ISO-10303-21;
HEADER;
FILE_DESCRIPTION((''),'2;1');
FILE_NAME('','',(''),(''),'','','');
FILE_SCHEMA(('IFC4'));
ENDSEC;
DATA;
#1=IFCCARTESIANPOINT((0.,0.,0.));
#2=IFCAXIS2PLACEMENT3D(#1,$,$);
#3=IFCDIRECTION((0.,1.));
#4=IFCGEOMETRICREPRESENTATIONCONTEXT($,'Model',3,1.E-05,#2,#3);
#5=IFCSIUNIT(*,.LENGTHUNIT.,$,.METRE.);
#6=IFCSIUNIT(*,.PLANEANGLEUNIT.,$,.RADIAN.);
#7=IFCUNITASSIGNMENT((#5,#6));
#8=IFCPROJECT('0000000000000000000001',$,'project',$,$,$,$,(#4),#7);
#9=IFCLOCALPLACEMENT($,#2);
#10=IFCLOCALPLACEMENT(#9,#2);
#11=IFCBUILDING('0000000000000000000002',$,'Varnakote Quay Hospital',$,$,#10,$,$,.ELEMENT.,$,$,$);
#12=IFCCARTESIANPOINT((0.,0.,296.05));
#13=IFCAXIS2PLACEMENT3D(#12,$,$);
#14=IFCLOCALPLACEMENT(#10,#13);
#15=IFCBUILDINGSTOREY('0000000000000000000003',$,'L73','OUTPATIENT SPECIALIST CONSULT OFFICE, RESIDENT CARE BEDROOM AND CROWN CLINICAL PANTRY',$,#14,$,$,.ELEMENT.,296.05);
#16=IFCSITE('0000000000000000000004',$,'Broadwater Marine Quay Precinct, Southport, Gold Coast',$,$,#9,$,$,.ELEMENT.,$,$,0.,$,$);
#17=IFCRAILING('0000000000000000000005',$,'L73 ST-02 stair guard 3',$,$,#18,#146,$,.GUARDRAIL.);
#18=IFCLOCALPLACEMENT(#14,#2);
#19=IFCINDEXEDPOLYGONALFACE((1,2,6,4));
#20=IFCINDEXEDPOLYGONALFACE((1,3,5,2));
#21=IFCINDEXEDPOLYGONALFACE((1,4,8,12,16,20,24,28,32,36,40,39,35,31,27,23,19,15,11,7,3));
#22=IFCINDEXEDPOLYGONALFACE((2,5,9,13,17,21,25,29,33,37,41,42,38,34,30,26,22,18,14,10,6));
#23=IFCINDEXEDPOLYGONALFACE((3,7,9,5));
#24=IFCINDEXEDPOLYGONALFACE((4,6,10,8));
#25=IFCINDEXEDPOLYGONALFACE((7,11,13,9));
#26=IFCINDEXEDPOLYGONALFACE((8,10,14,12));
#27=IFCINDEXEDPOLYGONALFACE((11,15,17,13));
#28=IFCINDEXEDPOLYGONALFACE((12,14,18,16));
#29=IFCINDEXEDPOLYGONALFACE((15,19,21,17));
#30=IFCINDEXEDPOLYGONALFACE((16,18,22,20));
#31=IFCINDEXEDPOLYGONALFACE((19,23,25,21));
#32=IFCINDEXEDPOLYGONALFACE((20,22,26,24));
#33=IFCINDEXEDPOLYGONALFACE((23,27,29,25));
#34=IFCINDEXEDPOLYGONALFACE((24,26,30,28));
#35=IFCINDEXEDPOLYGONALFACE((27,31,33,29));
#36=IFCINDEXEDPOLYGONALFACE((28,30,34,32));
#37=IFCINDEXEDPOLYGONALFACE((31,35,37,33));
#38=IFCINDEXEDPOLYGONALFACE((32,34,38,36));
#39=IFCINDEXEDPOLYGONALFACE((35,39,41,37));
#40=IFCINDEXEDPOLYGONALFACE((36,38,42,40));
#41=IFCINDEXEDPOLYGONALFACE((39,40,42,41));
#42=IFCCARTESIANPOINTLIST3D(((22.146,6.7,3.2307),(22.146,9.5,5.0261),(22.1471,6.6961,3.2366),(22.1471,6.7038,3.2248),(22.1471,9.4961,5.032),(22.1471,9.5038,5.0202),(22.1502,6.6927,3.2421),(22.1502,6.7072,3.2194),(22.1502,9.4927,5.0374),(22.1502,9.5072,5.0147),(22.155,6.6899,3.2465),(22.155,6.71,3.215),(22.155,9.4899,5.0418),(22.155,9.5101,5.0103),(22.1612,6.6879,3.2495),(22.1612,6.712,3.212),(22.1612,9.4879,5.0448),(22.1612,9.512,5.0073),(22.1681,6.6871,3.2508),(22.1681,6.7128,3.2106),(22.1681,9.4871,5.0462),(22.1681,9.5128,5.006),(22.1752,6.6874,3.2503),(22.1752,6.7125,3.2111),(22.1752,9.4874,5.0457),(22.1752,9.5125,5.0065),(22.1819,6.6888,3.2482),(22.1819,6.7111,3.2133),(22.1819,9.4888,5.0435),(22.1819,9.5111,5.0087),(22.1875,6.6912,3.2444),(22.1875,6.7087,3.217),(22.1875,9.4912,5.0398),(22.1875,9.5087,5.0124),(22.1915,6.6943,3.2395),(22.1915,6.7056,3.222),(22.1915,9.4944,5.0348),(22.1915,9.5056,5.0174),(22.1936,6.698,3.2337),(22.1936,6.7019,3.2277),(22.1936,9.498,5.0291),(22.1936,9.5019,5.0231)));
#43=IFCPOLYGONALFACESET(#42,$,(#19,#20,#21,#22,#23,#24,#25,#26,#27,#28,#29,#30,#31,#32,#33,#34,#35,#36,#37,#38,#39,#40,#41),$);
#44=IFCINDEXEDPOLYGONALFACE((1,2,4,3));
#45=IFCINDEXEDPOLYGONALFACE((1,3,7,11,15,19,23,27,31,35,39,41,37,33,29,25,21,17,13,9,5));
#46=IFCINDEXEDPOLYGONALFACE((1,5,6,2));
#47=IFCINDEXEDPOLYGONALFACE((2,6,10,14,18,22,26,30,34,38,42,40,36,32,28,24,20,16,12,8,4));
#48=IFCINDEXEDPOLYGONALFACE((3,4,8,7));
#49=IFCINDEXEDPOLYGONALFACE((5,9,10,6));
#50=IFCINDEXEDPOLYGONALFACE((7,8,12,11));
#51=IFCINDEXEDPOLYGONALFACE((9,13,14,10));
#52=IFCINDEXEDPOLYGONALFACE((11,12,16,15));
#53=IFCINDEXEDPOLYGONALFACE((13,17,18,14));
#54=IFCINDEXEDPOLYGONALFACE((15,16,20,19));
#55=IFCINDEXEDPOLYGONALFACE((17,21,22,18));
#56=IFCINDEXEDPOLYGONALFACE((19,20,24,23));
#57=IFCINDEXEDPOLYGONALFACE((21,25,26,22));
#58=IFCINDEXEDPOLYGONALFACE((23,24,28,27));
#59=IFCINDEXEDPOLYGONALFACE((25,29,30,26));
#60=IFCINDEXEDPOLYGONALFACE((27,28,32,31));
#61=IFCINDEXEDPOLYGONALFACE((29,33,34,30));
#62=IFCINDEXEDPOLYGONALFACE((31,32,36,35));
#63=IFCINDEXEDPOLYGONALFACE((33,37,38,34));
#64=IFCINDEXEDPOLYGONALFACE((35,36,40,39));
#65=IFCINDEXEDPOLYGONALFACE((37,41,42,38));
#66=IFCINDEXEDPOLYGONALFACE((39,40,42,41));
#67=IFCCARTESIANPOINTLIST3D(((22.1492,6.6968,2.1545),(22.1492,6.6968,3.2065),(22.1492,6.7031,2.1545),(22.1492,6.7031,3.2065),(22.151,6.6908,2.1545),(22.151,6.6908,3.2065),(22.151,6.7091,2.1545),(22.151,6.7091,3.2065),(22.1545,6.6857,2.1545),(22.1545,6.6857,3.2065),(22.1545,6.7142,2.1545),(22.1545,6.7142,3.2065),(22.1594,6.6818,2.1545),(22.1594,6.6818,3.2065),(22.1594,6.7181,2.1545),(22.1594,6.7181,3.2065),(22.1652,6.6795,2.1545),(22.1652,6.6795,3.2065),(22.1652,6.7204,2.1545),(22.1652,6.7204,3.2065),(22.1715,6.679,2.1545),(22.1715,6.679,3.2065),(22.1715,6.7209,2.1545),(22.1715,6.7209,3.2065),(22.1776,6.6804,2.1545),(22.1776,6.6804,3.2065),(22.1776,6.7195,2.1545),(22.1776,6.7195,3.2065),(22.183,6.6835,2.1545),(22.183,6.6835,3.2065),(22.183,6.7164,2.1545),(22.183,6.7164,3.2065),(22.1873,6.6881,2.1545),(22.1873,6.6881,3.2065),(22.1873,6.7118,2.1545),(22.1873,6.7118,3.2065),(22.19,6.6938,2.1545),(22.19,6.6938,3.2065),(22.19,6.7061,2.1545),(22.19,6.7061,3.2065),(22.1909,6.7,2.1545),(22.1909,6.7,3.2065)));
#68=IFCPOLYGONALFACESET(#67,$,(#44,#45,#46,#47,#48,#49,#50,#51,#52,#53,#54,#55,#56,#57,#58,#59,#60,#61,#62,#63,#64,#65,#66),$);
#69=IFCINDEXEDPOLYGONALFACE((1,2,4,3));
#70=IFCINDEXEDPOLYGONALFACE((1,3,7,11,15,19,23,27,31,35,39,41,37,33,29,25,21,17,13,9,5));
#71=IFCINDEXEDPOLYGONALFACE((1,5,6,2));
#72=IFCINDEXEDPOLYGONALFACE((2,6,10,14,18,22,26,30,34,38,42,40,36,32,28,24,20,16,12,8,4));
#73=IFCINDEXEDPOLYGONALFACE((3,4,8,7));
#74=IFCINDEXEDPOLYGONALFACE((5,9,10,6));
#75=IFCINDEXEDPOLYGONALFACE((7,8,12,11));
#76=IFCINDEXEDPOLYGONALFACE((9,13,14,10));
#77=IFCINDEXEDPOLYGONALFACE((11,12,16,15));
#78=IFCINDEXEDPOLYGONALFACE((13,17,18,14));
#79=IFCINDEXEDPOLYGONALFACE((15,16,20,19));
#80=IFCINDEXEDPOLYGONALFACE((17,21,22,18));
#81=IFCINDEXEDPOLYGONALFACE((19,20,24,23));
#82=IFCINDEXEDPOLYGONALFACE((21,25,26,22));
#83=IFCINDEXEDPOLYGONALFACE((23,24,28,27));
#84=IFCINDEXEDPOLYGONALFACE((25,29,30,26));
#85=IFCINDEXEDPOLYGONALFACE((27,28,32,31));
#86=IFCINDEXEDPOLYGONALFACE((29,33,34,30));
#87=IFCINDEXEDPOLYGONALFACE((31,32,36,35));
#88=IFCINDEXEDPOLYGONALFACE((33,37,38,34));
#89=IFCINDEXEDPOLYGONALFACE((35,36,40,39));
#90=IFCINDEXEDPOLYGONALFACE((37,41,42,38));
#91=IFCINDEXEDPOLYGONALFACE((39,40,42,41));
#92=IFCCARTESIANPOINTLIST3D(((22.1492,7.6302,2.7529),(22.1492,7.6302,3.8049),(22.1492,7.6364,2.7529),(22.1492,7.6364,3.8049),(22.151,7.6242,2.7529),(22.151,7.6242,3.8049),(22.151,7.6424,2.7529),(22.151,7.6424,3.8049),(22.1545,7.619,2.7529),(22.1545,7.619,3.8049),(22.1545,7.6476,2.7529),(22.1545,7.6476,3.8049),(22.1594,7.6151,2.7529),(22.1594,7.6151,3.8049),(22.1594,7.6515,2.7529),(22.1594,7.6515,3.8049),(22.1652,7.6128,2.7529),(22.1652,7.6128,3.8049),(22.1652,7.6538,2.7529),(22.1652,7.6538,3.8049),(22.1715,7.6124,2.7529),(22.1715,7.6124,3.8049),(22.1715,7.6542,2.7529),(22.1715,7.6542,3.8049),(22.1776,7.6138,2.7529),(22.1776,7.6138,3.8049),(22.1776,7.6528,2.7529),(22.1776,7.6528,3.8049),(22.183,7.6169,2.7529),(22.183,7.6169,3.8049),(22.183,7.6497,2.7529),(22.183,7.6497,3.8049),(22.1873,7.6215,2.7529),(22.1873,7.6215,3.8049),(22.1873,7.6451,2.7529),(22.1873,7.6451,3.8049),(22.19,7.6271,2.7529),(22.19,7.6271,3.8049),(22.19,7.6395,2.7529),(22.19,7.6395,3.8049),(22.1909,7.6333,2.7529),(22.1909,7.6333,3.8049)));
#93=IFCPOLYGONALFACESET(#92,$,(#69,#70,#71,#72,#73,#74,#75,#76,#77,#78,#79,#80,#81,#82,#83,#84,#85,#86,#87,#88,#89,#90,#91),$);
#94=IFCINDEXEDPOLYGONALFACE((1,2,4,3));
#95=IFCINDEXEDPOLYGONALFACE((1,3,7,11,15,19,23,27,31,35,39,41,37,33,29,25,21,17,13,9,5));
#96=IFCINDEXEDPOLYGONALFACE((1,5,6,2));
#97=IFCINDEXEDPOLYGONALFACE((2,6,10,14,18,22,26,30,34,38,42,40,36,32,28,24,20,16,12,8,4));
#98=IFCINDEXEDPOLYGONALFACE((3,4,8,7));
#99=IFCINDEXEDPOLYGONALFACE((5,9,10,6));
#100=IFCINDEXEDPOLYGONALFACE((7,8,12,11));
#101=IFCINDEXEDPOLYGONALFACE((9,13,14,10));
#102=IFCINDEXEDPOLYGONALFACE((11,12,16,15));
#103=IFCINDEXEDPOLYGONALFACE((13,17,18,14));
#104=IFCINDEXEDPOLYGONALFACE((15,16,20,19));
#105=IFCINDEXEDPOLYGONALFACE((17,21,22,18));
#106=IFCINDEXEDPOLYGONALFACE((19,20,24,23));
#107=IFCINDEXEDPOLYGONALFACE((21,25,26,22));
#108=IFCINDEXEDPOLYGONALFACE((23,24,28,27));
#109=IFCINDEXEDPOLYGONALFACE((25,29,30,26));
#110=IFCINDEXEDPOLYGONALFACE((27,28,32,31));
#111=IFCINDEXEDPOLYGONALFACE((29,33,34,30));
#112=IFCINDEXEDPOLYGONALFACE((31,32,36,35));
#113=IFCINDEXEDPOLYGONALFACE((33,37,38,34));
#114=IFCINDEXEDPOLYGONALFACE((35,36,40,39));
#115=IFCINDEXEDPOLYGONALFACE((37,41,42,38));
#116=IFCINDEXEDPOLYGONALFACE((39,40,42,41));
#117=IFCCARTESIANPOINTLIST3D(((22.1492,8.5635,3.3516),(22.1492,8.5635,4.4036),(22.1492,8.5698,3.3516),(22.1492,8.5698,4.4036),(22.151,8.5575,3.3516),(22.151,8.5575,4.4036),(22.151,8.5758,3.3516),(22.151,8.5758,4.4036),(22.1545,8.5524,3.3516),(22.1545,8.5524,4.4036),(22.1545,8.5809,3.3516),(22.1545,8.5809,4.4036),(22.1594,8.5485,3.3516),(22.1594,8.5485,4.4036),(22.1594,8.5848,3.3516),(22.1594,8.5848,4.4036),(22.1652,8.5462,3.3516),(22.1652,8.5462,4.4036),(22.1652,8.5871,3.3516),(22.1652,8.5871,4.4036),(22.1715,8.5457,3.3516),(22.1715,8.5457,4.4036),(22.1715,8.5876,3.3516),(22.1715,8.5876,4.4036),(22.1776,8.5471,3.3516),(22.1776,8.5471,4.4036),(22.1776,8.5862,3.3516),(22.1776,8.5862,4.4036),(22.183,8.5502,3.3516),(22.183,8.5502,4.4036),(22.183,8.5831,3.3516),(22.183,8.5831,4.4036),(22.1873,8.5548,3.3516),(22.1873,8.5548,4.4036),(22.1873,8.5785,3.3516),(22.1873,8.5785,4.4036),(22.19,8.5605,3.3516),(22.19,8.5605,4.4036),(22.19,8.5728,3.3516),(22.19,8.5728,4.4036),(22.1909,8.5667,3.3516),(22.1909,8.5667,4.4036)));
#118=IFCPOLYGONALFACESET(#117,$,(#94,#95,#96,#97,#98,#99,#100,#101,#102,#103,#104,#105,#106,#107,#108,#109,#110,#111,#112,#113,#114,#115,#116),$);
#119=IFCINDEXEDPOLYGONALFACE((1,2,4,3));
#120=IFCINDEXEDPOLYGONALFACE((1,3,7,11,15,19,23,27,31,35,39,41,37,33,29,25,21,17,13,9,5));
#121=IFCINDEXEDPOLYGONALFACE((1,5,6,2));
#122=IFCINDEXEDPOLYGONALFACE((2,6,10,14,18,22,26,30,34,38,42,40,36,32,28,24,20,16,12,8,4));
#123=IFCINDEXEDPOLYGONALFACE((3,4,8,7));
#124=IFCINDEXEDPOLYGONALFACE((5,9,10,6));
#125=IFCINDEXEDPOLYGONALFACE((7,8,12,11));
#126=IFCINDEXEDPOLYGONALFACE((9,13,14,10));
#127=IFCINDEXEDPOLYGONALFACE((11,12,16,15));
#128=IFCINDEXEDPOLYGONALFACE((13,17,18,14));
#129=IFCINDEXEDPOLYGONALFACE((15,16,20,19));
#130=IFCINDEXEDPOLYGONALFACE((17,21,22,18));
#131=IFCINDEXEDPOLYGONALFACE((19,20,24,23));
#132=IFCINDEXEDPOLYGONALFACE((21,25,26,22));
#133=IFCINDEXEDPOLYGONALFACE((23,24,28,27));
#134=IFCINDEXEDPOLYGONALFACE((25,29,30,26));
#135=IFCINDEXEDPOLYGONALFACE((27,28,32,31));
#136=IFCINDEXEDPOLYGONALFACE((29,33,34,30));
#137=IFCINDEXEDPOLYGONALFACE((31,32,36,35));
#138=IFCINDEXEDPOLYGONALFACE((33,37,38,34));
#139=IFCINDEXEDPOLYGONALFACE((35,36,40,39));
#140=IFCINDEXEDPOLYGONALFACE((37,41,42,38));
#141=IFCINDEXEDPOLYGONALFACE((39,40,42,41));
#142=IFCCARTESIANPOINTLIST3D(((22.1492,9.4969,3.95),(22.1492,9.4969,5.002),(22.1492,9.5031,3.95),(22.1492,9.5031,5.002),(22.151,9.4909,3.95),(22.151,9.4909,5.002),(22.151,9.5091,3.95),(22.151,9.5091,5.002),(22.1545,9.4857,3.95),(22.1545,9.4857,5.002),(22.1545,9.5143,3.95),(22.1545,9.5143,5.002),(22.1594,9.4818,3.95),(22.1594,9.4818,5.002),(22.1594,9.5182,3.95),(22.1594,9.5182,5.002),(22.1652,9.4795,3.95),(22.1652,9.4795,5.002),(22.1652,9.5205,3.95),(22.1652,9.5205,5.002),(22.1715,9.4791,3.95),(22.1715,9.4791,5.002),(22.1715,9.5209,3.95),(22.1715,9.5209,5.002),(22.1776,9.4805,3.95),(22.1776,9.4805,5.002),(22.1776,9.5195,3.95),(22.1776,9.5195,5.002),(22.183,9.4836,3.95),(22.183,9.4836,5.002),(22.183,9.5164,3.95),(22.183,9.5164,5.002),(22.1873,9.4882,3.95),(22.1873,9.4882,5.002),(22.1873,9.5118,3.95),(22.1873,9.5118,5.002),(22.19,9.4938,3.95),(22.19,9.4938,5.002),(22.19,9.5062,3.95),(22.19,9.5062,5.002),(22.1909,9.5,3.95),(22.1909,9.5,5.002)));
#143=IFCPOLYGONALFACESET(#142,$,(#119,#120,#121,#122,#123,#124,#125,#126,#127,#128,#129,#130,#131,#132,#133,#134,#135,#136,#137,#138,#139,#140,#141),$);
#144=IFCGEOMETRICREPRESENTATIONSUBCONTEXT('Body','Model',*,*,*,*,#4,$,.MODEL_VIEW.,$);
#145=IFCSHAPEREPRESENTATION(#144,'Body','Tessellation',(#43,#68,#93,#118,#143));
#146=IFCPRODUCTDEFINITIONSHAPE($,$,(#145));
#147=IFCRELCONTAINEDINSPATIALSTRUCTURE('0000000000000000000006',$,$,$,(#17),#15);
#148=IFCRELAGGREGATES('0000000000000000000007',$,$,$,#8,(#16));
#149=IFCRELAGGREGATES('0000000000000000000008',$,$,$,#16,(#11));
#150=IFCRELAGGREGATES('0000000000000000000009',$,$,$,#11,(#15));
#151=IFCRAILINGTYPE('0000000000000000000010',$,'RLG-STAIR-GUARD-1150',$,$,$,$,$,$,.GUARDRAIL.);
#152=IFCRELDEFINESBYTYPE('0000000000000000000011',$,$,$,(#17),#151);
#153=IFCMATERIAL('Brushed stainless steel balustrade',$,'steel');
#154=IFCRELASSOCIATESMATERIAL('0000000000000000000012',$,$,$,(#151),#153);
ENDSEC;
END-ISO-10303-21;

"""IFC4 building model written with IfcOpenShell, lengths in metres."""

from ifc_helpers import new_model, si_unit, direction, frame, origin, origin_2d, place, context, subcontext, project, spatial, circle, extrude, material, type_object, element, save


model = new_model("IFC4")

# Units and contexts
model_context = context("Model", 3, precision=1e-05, world=origin(), true_north=direction((0.0, 1.0)))
body_context = subcontext(model_context, "Body", "Model", "MODEL_VIEW")
ifc_project = project(units=[si_unit("LENGTHUNIT", "METRE"), si_unit("PLANEANGLEUNIT", "RADIAN")], contexts=[model_context])

# Site, building, storey
site_placement = place(None, origin())
site = spatial("IfcSite", under=ifc_project, at=site_placement, Name="Broadwater Marine Quay Precinct, Southport, Gold Coast", CompositionType="ELEMENT", RefElevation=0.0)
building_placement = place(site_placement, origin())
building = spatial("IfcBuilding", under=site, at=building_placement, Name="Varnakote Quay Hospital", CompositionType="ELEMENT")
storey_placement = place(building_placement, frame((0.0, 0.0, 296.05)))
storey = spatial("IfcBuildingStorey", under=building, at=storey_placement, Name="L73", Description="OUTPATIENT SPECIALIST CONSULT OFFICE, RESIDENT CARE BEDROOM AND CROWN CLINICAL PANTRY", CompositionType="ELEMENT", Elevation=296.05)

# Railing
ifc_material_1 = material(Name="Brushed stainless steel balustrade", Category="steel")
railing_type_1 = type_object("IfcRailingType", Name="RLG-STAIR-GUARD-1150", PredefinedType="GUARDRAIL", material=ifc_material_1)
railing_1_placement = place(storey_placement, frame((22.1699, 6.7, 2.1545)))
element("IfcRailing", 1, at=railing_1_placement, inside=storey, type_object=railing_type_1, Name="L73 ST-02 stair guard 3", PredefinedType="GUARDRAIL", context=body_context, shape_type="SweptSolid", body=[
    extrude(circle(Radius=0.0239, at=origin_2d()), frame((0.0, 0.0, 1.0762), z_axis=(0.0, 0.84181, 0.539774), x_axis=(-1.0, 0.0, 0.0)), (0.0, 0.0, 1.0), 3.3262),
    extrude(circle(Radius=0.021, at=origin_2d()), origin(), (0.0, 0.0, 1.0), 1.052),
    extrude(circle(Radius=0.021, at=origin_2d()), frame((0.0, 0.9333, 0.5984)), (0.0, 0.0, 1.0), 1.052),
    extrude(circle(Radius=0.021, at=origin_2d()), frame((0.0, 1.8667, 1.197)), (0.0, 0.0, 1.0), 1.052),
    extrude(circle(Radius=0.021, at=origin_2d()), frame((0.0, 2.8, 1.7954)), (0.0, 0.0, 1.0), 1.052),
])

save(model, "model.ifc")
